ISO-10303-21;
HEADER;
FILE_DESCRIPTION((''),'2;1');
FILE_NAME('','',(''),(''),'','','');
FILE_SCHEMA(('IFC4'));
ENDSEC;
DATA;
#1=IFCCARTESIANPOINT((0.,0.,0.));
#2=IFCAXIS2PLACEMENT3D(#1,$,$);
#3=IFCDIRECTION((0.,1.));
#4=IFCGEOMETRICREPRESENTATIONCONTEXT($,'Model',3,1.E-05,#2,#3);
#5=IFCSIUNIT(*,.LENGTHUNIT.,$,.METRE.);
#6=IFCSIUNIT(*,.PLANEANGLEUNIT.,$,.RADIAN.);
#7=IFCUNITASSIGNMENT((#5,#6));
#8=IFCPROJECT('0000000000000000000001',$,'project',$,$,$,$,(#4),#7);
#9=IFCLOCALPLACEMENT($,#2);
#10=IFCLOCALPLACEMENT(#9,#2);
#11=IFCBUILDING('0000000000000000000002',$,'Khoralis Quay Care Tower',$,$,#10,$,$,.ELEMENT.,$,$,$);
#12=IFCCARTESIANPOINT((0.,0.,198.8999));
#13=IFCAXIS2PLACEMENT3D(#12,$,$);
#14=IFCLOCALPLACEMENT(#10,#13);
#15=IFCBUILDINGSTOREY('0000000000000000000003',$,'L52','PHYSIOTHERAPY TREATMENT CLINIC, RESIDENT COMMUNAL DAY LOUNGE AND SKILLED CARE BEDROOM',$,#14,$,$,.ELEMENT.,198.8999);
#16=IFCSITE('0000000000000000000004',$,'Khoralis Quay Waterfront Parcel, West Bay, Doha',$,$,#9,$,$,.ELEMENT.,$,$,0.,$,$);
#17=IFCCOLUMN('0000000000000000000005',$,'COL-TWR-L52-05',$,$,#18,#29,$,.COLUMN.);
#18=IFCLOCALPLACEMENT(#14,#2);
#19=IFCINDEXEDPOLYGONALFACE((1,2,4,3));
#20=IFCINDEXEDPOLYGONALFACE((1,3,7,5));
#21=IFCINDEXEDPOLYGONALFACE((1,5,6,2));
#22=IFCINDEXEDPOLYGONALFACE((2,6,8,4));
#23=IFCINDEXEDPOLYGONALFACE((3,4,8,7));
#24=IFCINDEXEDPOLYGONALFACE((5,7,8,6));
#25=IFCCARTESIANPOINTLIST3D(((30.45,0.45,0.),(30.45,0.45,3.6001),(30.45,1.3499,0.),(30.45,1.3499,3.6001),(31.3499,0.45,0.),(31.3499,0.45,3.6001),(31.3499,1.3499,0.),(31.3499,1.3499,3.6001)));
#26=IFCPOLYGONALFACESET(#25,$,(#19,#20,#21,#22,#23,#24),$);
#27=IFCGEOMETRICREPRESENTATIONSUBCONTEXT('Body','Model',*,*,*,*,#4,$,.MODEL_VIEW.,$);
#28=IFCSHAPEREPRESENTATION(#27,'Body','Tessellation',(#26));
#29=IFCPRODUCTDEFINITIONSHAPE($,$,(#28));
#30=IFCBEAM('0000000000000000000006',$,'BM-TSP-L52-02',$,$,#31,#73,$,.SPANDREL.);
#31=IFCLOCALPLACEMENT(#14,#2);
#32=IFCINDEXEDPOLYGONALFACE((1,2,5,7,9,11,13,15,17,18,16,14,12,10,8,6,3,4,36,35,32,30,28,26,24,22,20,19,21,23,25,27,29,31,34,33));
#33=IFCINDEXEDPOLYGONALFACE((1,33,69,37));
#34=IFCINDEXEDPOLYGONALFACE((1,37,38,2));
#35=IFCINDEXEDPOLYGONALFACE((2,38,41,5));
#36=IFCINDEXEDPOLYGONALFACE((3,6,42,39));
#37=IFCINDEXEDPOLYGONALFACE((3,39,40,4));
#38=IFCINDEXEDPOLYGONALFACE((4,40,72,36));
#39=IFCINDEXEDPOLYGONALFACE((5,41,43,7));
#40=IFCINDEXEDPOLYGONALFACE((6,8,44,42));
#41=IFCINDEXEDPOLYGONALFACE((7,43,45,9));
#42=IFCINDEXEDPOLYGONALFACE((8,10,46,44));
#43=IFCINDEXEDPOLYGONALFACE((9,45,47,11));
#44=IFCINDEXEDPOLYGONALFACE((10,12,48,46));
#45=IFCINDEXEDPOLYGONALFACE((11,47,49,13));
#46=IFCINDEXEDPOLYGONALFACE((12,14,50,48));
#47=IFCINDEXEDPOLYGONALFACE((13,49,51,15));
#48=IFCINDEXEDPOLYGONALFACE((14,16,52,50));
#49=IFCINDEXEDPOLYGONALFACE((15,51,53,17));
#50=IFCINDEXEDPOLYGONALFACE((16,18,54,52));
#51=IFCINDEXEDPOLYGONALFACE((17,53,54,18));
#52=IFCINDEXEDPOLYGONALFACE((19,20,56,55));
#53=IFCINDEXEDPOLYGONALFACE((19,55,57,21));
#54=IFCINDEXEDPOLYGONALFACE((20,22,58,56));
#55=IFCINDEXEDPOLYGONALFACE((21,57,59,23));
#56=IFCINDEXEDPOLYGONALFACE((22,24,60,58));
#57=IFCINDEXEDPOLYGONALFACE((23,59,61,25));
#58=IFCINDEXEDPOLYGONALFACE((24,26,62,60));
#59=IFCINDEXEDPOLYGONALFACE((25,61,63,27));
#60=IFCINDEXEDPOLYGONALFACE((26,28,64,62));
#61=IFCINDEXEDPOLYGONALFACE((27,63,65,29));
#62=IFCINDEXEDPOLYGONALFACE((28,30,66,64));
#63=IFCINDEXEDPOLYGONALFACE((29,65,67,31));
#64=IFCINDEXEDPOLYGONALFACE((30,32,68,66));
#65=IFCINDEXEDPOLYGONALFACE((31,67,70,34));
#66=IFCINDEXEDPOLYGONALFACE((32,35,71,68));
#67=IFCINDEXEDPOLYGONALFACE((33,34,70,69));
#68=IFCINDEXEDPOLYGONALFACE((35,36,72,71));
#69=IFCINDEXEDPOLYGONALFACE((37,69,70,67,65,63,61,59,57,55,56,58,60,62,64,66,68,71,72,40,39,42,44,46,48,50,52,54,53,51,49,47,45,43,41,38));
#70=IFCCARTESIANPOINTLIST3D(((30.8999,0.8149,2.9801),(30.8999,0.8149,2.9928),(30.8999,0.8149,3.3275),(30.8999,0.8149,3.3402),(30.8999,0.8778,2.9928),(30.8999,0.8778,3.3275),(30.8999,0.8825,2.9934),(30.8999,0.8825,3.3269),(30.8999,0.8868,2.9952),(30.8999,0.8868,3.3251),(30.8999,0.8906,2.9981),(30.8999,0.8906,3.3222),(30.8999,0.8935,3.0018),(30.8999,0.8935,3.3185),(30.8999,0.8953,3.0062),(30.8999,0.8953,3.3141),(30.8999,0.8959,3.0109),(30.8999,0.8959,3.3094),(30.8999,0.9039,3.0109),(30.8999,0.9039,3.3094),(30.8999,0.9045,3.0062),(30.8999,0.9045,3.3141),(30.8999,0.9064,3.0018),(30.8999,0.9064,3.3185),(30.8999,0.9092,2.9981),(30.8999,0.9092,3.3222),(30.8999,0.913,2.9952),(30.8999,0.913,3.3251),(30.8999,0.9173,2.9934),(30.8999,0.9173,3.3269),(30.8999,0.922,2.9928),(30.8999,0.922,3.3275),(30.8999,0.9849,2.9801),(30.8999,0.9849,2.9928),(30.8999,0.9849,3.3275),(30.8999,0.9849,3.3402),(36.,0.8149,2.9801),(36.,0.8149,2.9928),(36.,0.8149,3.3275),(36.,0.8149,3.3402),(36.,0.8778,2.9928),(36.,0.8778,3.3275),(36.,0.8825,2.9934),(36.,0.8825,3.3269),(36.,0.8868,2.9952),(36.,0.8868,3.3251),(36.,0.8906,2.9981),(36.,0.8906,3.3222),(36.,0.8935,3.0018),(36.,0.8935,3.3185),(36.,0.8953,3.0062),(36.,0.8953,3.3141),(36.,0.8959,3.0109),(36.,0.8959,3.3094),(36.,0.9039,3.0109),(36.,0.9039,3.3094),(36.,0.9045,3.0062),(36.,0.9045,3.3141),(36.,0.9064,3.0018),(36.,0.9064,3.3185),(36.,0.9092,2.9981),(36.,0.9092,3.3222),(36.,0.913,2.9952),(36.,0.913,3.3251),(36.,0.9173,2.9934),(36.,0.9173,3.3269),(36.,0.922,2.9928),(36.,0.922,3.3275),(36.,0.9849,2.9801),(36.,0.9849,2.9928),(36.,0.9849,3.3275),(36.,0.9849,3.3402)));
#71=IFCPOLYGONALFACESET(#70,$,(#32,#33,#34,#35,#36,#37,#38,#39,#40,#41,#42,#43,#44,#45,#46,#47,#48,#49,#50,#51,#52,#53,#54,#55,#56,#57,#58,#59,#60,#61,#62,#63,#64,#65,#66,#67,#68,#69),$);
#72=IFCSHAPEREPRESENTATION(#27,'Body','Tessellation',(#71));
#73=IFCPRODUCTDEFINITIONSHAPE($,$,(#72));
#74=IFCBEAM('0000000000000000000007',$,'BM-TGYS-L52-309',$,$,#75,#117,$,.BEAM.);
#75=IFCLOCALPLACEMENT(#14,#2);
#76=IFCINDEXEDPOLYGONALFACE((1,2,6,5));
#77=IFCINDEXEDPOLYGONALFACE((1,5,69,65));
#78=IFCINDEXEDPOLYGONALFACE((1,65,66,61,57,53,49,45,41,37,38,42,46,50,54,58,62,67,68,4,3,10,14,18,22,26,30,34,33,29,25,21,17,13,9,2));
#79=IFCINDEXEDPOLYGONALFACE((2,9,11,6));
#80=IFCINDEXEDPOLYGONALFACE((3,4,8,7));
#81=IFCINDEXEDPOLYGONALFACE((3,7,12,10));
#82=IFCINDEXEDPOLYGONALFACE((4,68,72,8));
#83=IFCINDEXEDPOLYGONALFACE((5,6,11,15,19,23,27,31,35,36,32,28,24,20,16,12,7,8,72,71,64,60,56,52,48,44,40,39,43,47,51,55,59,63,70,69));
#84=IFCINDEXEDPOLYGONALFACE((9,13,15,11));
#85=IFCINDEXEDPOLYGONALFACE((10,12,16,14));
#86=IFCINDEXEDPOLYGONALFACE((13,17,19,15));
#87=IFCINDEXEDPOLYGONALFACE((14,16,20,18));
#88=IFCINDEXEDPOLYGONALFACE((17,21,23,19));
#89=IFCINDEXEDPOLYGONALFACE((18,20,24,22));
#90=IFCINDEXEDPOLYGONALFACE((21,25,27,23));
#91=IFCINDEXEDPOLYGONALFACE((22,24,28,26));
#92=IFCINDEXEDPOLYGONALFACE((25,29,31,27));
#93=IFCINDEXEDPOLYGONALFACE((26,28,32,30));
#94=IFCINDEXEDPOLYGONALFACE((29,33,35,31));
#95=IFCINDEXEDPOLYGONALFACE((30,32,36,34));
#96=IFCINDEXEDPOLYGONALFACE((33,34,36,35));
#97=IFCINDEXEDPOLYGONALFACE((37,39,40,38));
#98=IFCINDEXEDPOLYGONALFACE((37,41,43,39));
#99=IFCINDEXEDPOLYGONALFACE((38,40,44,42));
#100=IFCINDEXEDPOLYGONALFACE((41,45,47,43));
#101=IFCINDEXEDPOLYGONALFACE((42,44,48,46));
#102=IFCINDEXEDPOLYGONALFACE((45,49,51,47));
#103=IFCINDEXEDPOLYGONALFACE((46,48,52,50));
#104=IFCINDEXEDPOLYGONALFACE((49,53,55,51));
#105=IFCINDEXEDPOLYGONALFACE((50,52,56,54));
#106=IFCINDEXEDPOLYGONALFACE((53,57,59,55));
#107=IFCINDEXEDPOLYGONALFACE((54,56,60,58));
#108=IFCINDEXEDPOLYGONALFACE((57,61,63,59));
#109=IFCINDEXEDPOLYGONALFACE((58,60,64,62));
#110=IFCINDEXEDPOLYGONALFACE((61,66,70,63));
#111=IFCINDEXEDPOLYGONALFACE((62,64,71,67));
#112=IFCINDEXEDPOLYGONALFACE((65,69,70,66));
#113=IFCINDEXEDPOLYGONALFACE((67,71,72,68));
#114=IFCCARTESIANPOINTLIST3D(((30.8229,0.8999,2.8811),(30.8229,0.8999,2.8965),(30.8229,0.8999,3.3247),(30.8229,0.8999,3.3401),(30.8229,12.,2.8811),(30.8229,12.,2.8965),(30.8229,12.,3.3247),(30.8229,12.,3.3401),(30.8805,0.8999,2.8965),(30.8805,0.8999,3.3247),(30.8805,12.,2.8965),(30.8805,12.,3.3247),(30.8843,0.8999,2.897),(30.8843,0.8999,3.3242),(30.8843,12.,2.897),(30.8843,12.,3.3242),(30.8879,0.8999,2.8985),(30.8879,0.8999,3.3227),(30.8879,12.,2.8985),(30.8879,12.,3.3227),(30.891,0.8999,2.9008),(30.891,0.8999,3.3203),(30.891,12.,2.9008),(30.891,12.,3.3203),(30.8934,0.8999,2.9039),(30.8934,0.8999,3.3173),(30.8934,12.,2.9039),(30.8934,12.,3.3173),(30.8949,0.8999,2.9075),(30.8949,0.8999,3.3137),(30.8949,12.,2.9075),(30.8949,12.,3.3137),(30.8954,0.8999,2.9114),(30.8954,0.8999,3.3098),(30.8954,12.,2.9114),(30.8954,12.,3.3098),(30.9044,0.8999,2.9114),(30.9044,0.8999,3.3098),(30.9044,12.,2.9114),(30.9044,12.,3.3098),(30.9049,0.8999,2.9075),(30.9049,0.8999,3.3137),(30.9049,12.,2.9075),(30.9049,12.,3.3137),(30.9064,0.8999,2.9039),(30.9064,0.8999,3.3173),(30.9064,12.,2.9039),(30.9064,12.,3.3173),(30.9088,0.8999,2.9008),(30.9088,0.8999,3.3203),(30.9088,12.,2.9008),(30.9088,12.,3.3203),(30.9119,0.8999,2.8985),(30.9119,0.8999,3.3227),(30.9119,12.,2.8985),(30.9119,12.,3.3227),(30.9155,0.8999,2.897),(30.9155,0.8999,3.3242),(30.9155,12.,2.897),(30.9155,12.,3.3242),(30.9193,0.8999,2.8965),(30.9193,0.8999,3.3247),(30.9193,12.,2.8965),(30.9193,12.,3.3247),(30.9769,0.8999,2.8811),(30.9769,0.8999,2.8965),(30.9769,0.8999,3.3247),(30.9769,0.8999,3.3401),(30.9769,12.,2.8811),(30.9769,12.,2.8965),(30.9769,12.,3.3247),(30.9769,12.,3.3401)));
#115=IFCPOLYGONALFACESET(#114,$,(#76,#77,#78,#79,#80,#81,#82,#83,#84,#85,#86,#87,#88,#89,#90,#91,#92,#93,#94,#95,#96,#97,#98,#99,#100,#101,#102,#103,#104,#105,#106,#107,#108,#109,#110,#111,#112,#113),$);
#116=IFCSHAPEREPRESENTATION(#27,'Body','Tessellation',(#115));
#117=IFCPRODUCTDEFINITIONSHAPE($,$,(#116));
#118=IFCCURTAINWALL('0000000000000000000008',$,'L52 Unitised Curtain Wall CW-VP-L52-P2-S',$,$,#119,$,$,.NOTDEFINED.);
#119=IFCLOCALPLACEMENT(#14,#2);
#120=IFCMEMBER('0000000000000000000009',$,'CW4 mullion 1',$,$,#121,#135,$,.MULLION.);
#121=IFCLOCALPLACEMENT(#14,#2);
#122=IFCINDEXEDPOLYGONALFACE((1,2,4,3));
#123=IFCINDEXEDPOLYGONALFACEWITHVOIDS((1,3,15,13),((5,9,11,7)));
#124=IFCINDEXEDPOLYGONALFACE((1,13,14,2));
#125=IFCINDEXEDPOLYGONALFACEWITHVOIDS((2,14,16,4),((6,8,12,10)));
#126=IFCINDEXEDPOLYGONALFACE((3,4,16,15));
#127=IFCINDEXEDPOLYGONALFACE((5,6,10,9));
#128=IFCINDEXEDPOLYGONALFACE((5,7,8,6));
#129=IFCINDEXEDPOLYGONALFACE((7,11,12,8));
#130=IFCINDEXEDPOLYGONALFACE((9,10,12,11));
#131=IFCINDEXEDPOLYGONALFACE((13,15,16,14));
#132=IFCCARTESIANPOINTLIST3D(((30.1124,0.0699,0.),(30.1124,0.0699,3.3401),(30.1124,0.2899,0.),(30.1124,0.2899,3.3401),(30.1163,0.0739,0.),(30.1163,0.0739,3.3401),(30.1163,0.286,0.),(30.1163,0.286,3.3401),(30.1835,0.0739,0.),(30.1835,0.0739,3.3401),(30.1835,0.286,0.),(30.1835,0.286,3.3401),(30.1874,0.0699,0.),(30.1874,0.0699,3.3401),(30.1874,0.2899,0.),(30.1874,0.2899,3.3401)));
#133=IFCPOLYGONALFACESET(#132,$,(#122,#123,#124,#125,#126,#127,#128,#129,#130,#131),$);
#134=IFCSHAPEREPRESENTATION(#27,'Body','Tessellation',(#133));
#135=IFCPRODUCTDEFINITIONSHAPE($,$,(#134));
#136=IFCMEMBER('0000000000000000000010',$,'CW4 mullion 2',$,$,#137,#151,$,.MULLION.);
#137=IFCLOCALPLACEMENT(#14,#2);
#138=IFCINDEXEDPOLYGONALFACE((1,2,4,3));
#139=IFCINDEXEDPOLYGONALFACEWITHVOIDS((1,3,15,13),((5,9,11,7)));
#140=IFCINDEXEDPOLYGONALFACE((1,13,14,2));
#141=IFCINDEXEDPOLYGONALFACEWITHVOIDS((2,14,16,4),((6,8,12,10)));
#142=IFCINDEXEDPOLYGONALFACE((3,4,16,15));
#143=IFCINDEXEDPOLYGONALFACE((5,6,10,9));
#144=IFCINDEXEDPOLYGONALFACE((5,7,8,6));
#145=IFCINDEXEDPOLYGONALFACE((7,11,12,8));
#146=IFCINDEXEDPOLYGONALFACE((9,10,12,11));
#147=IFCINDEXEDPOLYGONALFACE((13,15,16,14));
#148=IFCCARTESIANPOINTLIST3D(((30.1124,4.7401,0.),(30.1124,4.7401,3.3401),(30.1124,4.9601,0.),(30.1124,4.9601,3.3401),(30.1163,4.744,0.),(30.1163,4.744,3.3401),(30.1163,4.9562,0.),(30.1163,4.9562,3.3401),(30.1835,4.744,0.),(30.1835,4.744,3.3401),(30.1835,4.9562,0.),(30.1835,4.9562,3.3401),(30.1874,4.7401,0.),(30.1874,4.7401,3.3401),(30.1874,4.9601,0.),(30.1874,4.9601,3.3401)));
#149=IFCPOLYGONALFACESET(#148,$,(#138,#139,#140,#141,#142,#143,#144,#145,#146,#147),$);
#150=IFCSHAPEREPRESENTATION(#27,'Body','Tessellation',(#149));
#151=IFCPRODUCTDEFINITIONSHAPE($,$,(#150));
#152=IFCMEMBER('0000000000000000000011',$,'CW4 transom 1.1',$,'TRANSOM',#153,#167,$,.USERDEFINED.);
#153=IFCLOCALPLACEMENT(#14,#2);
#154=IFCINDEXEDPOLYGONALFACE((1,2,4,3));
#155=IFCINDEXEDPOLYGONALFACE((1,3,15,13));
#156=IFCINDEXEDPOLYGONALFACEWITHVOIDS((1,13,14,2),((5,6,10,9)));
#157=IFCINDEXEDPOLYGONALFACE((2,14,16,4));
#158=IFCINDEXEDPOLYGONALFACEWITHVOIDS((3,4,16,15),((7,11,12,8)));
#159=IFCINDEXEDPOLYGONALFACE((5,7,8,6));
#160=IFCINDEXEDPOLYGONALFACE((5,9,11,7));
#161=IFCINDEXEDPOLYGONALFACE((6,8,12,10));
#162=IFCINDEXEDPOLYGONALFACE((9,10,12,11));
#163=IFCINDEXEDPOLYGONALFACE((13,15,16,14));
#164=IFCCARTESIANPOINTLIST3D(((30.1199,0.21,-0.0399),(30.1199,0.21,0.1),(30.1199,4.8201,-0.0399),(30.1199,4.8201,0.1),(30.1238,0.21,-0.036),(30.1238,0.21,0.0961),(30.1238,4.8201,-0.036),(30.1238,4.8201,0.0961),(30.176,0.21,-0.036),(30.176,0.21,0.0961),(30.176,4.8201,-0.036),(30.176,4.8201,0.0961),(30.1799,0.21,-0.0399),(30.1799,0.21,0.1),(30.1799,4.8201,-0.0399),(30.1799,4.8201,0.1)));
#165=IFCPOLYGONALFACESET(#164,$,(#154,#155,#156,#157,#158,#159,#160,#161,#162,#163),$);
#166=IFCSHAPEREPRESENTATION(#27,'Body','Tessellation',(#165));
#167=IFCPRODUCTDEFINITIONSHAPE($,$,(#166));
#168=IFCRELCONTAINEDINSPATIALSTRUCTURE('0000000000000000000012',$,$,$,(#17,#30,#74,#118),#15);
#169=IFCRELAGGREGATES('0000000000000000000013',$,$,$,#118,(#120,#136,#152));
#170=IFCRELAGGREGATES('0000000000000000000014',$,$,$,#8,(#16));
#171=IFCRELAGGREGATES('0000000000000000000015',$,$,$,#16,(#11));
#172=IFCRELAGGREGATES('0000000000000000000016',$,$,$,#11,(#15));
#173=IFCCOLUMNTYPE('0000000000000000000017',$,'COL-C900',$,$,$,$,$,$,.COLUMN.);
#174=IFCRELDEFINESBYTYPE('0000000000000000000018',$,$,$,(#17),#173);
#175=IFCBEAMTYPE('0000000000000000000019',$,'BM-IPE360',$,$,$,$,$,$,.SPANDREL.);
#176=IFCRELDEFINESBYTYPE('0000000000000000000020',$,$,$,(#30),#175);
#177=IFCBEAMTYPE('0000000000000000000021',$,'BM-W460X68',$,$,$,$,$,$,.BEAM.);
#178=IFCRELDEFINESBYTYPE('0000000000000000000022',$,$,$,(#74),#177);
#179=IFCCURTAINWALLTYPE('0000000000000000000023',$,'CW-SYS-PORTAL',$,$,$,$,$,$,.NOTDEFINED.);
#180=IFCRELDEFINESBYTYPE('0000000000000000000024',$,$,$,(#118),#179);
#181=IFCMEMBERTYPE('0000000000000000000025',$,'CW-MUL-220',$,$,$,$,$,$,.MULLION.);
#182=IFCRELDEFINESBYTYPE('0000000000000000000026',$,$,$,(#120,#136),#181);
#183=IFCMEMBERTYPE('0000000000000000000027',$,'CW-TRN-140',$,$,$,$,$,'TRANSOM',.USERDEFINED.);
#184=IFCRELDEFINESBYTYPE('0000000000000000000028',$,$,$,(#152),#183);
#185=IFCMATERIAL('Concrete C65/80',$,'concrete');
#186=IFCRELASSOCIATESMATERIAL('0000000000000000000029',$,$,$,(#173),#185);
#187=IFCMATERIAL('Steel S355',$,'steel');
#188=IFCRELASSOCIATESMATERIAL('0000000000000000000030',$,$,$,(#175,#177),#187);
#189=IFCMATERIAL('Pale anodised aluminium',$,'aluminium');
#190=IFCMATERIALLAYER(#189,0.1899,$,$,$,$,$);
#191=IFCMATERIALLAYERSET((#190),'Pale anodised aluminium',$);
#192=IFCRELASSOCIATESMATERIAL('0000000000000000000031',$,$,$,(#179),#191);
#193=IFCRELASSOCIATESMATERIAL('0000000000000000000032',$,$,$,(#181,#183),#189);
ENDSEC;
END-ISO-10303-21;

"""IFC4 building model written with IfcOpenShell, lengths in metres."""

from ifc_helpers import new_model, si_unit, direction, frame, origin, origin_2d, place, context, subcontext, project, spatial, rectangle, hollow_rectangle, i_section, extrude, source, transform, mapped, material, layer, layer_set, material_profile, profile_set, type_object, element, aggregate, save


model = new_model("IFC4")

# Units and contexts
model_context = context("Model", 3, precision=1e-05, world=origin(), true_north=direction((0.0, 1.0)))
body_context = subcontext(model_context, "Body", "Model", "MODEL_VIEW")
ifc_project = project(units=[si_unit("LENGTHUNIT", "METRE"), si_unit("PLANEANGLEUNIT", "RADIAN")], contexts=[model_context])

# Site, building, storey
site_placement = place(None, origin())
site = spatial("IfcSite", under=ifc_project, at=site_placement, Name="Khoralis Quay Waterfront Parcel, West Bay, Doha", CompositionType="ELEMENT", RefElevation=0.0)
building_placement = place(site_placement, origin())
building = spatial("IfcBuilding", under=site, at=building_placement, Name="Khoralis Quay Care Tower", CompositionType="ELEMENT")
storey_placement = place(building_placement, frame((0.0, 0.0, 198.8999)))
storey = spatial("IfcBuildingStorey", under=building, at=storey_placement, Name="L52", Description="PHYSIOTHERAPY TREATMENT CLINIC, RESIDENT COMMUNAL DAY LOUNGE AND SKILLED CARE BEDROOM", CompositionType="ELEMENT", Elevation=198.8999)

# Column
ifc_material_1 = material(Name="Concrete C65/80", Category="concrete")
ifc_material_profile_1 = material_profile(ifc_material_1, rectangle(XDim=0.8999, YDim=0.8999, at=origin_2d()), Name="Concrete C65/80")
ifc_profile_set_1 = profile_set([ifc_material_profile_1], Name="Concrete C65/80")
column_type = type_object("IfcColumnType", Name="COL-C900", PredefinedType="COLUMN", material=ifc_profile_set_1)
shared_shape_1 = source(origin(), body_context, "Body", "SweptSolid", [
    extrude(rectangle(XDim=0.8999, YDim=0.8999, at=origin_2d()), origin(), (0.0, 0.0, 1.0), 3.6001),
])
column_placement = place(storey_placement, frame((30.8999, 0.8999, 0.0), z_axis=(0.0, 0.0, 1.0), x_axis=(1.0, 0.0, 0.0)))
element("IfcColumn", 1, at=column_placement, inside=storey, type_object=column_type, Name="COL-TWR-L52-05", PredefinedType="COLUMN", context=body_context, shape_type="MappedRepresentation", body=[
    mapped(shared_shape_1, transform((0.0, 0.0, 0.0), scale=1.0)),
])

# Beams
ifc_material_2 = material(Name="Steel S355", Category="steel")
ifc_material_profile_2 = material_profile(ifc_material_2, i_section(OverallWidth=0.1699, OverallDepth=0.3601, WebThickness=0.0081, FlangeThickness=0.0127, FilletRadius=0.0181, at=origin_2d()), Name="Steel S355")
ifc_profile_set_2 = profile_set([ifc_material_profile_2], Name="Steel S355")
beam_type_1 = type_object("IfcBeamType", Name="BM-IPE360", PredefinedType="SPANDREL", material=ifc_profile_set_2)
shared_shape_2 = source(origin(), body_context, "Body", "SweptSolid", [
    extrude(i_section(OverallWidth=0.1699, OverallDepth=0.3601, WebThickness=0.0081, FlangeThickness=0.0127, FilletRadius=0.0181, at=origin_2d()), origin(), (0.0, 0.0, 1.0), 5.1001),
])
beam_1_placement = place(storey_placement, frame((30.8999, 0.8999, 3.1602), z_axis=(1.0, 0.0, 0.0), x_axis=(0.0, 1.0, 0.0)))
element("IfcBeam", 2, at=beam_1_placement, inside=storey, type_object=beam_type_1, Name="BM-TSP-L52-02", PredefinedType="SPANDREL", context=body_context, shape_type="MappedRepresentation", body=[
    mapped(shared_shape_2, transform((0.0, 0.0, 0.0), scale=1.0)),
])
ifc_material_profile_3 = material_profile(ifc_material_2, i_section(OverallWidth=0.1541, OverallDepth=0.459, WebThickness=0.009, FlangeThickness=0.0154, FilletRadius=0.0149, at=origin_2d()), Name="Steel S355")
ifc_profile_set_3 = profile_set([ifc_material_profile_3], Name="Steel S355")
beam_type_2 = type_object("IfcBeamType", Name="BM-W460X68", PredefinedType="BEAM", material=ifc_profile_set_3)
shared_shape_3 = source(origin(), body_context, "Body", "SweptSolid", [
    extrude(i_section(OverallWidth=0.1541, OverallDepth=0.459, WebThickness=0.009, FlangeThickness=0.0154, FilletRadius=0.0149, at=origin_2d()), origin(), (0.0, 0.0, 1.0), 11.1001),
])
beam_2_placement = place(storey_placement, frame((30.8999, 0.8999, 3.1106), z_axis=(0.0, 1.0, 0.0), x_axis=(-1.0, 0.0, 0.0)))
element("IfcBeam", 3, at=beam_2_placement, inside=storey, type_object=beam_type_2, Name="BM-TGYS-L52-309", PredefinedType="BEAM", context=body_context, shape_type="MappedRepresentation", body=[
    mapped(shared_shape_3, transform((0.0, 0.0, 0.0), scale=1.0)),
])

# Curtain wall, members
ifc_material_3 = material(Name="Pale anodised aluminium", Category="aluminium")
ifc_layer_1 = layer(ifc_material_3, 0.1899)
ifc_layer_set_1 = layer_set([ifc_layer_1], Name="Pale anodised aluminium")
curtain_wall_type = type_object("IfcCurtainWallType", Name="CW-SYS-PORTAL", PredefinedType="NOTDEFINED", material=ifc_layer_set_1)
curtain_wall_placement = place(storey_placement, origin())
curtain_wall = element("IfcCurtainWall", 4, at=curtain_wall_placement, inside=storey, type_object=curtain_wall_type, Name="L52 Unitised Curtain Wall CW-VP-L52-P2-S", PredefinedType="NOTDEFINED")
ifc_material_profile_4 = material_profile(ifc_material_3, hollow_rectangle(XDim=0.075, YDim=0.22, WallThickness=0.0039, at=origin_2d()), Name="Pale anodised aluminium")
ifc_profile_set_4 = profile_set([ifc_material_profile_4], Name="Pale anodised aluminium")
member_type_1 = type_object("IfcMemberType", Name="CW-MUL-220", PredefinedType="MULLION", material=ifc_profile_set_4)
shared_shape_4 = source(origin(), body_context, "Body", "SweptSolid", [
    extrude(hollow_rectangle(XDim=0.075, YDim=0.22, WallThickness=0.0039, at=origin_2d()), origin(), (0.0, 0.0, 1.0), 3.3401),
])
member_1_placement = place(storey_placement, frame((30.1499, 0.1799, 0.0), z_axis=(0.0, 0.0, 1.0), x_axis=(-1.0, 0.0, 0.0)))
member_1 = element("IfcMember", 5, at=member_1_placement, type_object=member_type_1, Name="CW4 mullion 1", PredefinedType="MULLION", context=body_context, shape_type="MappedRepresentation", body=[
    mapped(shared_shape_4, transform((0.0, 0.0, 0.0), scale=1.0)),
])
member_2_placement = place(storey_placement, frame((30.1499, 4.8501, 0.0), z_axis=(0.0, 0.0, 1.0), x_axis=(-1.0, 0.0, 0.0)))
member_2 = element("IfcMember", 6, at=member_2_placement, type_object=member_type_1, Name="CW4 mullion 2", PredefinedType="MULLION", context=body_context, shape_type="MappedRepresentation", body=[
    mapped(shared_shape_4, transform((0.0, 0.0, 0.0), scale=1.0)),
])
ifc_material_profile_5 = material_profile(ifc_material_3, hollow_rectangle(XDim=0.0601, YDim=0.1399, WallThickness=0.0039, at=origin_2d()), Name="Pale anodised aluminium")
ifc_profile_set_5 = profile_set([ifc_material_profile_5], Name="Pale anodised aluminium")
member_type_2 = type_object("IfcMemberType", Name="CW-TRN-140", ElementType="TRANSOM", PredefinedType="USERDEFINED", material=ifc_profile_set_5)
shared_shape_5 = source(origin(), body_context, "Body", "SweptSolid", [
    extrude(hollow_rectangle(XDim=0.0601, YDim=0.1399, WallThickness=0.0039, at=origin_2d()), origin(), (0.0, 0.0, 1.0), 4.6101),
])
member_3_placement = place(storey_placement, frame((30.1499, 0.21, 0.03), z_axis=(0.0, 1.0, 0.0), x_axis=(-1.0, 0.0, 0.0)))
member_3 = element("IfcMember", 7, at=member_3_placement, type_object=member_type_2, Name="CW4 transom 1.1", ObjectType="TRANSOM", PredefinedType="USERDEFINED", context=body_context, shape_type="MappedRepresentation", body=[
    mapped(shared_shape_5, transform((0.0, 0.0, 0.0), scale=1.0)),
])
aggregate(curtain_wall, [member_1, member_2, member_3])

save(model, "model.ifc")
